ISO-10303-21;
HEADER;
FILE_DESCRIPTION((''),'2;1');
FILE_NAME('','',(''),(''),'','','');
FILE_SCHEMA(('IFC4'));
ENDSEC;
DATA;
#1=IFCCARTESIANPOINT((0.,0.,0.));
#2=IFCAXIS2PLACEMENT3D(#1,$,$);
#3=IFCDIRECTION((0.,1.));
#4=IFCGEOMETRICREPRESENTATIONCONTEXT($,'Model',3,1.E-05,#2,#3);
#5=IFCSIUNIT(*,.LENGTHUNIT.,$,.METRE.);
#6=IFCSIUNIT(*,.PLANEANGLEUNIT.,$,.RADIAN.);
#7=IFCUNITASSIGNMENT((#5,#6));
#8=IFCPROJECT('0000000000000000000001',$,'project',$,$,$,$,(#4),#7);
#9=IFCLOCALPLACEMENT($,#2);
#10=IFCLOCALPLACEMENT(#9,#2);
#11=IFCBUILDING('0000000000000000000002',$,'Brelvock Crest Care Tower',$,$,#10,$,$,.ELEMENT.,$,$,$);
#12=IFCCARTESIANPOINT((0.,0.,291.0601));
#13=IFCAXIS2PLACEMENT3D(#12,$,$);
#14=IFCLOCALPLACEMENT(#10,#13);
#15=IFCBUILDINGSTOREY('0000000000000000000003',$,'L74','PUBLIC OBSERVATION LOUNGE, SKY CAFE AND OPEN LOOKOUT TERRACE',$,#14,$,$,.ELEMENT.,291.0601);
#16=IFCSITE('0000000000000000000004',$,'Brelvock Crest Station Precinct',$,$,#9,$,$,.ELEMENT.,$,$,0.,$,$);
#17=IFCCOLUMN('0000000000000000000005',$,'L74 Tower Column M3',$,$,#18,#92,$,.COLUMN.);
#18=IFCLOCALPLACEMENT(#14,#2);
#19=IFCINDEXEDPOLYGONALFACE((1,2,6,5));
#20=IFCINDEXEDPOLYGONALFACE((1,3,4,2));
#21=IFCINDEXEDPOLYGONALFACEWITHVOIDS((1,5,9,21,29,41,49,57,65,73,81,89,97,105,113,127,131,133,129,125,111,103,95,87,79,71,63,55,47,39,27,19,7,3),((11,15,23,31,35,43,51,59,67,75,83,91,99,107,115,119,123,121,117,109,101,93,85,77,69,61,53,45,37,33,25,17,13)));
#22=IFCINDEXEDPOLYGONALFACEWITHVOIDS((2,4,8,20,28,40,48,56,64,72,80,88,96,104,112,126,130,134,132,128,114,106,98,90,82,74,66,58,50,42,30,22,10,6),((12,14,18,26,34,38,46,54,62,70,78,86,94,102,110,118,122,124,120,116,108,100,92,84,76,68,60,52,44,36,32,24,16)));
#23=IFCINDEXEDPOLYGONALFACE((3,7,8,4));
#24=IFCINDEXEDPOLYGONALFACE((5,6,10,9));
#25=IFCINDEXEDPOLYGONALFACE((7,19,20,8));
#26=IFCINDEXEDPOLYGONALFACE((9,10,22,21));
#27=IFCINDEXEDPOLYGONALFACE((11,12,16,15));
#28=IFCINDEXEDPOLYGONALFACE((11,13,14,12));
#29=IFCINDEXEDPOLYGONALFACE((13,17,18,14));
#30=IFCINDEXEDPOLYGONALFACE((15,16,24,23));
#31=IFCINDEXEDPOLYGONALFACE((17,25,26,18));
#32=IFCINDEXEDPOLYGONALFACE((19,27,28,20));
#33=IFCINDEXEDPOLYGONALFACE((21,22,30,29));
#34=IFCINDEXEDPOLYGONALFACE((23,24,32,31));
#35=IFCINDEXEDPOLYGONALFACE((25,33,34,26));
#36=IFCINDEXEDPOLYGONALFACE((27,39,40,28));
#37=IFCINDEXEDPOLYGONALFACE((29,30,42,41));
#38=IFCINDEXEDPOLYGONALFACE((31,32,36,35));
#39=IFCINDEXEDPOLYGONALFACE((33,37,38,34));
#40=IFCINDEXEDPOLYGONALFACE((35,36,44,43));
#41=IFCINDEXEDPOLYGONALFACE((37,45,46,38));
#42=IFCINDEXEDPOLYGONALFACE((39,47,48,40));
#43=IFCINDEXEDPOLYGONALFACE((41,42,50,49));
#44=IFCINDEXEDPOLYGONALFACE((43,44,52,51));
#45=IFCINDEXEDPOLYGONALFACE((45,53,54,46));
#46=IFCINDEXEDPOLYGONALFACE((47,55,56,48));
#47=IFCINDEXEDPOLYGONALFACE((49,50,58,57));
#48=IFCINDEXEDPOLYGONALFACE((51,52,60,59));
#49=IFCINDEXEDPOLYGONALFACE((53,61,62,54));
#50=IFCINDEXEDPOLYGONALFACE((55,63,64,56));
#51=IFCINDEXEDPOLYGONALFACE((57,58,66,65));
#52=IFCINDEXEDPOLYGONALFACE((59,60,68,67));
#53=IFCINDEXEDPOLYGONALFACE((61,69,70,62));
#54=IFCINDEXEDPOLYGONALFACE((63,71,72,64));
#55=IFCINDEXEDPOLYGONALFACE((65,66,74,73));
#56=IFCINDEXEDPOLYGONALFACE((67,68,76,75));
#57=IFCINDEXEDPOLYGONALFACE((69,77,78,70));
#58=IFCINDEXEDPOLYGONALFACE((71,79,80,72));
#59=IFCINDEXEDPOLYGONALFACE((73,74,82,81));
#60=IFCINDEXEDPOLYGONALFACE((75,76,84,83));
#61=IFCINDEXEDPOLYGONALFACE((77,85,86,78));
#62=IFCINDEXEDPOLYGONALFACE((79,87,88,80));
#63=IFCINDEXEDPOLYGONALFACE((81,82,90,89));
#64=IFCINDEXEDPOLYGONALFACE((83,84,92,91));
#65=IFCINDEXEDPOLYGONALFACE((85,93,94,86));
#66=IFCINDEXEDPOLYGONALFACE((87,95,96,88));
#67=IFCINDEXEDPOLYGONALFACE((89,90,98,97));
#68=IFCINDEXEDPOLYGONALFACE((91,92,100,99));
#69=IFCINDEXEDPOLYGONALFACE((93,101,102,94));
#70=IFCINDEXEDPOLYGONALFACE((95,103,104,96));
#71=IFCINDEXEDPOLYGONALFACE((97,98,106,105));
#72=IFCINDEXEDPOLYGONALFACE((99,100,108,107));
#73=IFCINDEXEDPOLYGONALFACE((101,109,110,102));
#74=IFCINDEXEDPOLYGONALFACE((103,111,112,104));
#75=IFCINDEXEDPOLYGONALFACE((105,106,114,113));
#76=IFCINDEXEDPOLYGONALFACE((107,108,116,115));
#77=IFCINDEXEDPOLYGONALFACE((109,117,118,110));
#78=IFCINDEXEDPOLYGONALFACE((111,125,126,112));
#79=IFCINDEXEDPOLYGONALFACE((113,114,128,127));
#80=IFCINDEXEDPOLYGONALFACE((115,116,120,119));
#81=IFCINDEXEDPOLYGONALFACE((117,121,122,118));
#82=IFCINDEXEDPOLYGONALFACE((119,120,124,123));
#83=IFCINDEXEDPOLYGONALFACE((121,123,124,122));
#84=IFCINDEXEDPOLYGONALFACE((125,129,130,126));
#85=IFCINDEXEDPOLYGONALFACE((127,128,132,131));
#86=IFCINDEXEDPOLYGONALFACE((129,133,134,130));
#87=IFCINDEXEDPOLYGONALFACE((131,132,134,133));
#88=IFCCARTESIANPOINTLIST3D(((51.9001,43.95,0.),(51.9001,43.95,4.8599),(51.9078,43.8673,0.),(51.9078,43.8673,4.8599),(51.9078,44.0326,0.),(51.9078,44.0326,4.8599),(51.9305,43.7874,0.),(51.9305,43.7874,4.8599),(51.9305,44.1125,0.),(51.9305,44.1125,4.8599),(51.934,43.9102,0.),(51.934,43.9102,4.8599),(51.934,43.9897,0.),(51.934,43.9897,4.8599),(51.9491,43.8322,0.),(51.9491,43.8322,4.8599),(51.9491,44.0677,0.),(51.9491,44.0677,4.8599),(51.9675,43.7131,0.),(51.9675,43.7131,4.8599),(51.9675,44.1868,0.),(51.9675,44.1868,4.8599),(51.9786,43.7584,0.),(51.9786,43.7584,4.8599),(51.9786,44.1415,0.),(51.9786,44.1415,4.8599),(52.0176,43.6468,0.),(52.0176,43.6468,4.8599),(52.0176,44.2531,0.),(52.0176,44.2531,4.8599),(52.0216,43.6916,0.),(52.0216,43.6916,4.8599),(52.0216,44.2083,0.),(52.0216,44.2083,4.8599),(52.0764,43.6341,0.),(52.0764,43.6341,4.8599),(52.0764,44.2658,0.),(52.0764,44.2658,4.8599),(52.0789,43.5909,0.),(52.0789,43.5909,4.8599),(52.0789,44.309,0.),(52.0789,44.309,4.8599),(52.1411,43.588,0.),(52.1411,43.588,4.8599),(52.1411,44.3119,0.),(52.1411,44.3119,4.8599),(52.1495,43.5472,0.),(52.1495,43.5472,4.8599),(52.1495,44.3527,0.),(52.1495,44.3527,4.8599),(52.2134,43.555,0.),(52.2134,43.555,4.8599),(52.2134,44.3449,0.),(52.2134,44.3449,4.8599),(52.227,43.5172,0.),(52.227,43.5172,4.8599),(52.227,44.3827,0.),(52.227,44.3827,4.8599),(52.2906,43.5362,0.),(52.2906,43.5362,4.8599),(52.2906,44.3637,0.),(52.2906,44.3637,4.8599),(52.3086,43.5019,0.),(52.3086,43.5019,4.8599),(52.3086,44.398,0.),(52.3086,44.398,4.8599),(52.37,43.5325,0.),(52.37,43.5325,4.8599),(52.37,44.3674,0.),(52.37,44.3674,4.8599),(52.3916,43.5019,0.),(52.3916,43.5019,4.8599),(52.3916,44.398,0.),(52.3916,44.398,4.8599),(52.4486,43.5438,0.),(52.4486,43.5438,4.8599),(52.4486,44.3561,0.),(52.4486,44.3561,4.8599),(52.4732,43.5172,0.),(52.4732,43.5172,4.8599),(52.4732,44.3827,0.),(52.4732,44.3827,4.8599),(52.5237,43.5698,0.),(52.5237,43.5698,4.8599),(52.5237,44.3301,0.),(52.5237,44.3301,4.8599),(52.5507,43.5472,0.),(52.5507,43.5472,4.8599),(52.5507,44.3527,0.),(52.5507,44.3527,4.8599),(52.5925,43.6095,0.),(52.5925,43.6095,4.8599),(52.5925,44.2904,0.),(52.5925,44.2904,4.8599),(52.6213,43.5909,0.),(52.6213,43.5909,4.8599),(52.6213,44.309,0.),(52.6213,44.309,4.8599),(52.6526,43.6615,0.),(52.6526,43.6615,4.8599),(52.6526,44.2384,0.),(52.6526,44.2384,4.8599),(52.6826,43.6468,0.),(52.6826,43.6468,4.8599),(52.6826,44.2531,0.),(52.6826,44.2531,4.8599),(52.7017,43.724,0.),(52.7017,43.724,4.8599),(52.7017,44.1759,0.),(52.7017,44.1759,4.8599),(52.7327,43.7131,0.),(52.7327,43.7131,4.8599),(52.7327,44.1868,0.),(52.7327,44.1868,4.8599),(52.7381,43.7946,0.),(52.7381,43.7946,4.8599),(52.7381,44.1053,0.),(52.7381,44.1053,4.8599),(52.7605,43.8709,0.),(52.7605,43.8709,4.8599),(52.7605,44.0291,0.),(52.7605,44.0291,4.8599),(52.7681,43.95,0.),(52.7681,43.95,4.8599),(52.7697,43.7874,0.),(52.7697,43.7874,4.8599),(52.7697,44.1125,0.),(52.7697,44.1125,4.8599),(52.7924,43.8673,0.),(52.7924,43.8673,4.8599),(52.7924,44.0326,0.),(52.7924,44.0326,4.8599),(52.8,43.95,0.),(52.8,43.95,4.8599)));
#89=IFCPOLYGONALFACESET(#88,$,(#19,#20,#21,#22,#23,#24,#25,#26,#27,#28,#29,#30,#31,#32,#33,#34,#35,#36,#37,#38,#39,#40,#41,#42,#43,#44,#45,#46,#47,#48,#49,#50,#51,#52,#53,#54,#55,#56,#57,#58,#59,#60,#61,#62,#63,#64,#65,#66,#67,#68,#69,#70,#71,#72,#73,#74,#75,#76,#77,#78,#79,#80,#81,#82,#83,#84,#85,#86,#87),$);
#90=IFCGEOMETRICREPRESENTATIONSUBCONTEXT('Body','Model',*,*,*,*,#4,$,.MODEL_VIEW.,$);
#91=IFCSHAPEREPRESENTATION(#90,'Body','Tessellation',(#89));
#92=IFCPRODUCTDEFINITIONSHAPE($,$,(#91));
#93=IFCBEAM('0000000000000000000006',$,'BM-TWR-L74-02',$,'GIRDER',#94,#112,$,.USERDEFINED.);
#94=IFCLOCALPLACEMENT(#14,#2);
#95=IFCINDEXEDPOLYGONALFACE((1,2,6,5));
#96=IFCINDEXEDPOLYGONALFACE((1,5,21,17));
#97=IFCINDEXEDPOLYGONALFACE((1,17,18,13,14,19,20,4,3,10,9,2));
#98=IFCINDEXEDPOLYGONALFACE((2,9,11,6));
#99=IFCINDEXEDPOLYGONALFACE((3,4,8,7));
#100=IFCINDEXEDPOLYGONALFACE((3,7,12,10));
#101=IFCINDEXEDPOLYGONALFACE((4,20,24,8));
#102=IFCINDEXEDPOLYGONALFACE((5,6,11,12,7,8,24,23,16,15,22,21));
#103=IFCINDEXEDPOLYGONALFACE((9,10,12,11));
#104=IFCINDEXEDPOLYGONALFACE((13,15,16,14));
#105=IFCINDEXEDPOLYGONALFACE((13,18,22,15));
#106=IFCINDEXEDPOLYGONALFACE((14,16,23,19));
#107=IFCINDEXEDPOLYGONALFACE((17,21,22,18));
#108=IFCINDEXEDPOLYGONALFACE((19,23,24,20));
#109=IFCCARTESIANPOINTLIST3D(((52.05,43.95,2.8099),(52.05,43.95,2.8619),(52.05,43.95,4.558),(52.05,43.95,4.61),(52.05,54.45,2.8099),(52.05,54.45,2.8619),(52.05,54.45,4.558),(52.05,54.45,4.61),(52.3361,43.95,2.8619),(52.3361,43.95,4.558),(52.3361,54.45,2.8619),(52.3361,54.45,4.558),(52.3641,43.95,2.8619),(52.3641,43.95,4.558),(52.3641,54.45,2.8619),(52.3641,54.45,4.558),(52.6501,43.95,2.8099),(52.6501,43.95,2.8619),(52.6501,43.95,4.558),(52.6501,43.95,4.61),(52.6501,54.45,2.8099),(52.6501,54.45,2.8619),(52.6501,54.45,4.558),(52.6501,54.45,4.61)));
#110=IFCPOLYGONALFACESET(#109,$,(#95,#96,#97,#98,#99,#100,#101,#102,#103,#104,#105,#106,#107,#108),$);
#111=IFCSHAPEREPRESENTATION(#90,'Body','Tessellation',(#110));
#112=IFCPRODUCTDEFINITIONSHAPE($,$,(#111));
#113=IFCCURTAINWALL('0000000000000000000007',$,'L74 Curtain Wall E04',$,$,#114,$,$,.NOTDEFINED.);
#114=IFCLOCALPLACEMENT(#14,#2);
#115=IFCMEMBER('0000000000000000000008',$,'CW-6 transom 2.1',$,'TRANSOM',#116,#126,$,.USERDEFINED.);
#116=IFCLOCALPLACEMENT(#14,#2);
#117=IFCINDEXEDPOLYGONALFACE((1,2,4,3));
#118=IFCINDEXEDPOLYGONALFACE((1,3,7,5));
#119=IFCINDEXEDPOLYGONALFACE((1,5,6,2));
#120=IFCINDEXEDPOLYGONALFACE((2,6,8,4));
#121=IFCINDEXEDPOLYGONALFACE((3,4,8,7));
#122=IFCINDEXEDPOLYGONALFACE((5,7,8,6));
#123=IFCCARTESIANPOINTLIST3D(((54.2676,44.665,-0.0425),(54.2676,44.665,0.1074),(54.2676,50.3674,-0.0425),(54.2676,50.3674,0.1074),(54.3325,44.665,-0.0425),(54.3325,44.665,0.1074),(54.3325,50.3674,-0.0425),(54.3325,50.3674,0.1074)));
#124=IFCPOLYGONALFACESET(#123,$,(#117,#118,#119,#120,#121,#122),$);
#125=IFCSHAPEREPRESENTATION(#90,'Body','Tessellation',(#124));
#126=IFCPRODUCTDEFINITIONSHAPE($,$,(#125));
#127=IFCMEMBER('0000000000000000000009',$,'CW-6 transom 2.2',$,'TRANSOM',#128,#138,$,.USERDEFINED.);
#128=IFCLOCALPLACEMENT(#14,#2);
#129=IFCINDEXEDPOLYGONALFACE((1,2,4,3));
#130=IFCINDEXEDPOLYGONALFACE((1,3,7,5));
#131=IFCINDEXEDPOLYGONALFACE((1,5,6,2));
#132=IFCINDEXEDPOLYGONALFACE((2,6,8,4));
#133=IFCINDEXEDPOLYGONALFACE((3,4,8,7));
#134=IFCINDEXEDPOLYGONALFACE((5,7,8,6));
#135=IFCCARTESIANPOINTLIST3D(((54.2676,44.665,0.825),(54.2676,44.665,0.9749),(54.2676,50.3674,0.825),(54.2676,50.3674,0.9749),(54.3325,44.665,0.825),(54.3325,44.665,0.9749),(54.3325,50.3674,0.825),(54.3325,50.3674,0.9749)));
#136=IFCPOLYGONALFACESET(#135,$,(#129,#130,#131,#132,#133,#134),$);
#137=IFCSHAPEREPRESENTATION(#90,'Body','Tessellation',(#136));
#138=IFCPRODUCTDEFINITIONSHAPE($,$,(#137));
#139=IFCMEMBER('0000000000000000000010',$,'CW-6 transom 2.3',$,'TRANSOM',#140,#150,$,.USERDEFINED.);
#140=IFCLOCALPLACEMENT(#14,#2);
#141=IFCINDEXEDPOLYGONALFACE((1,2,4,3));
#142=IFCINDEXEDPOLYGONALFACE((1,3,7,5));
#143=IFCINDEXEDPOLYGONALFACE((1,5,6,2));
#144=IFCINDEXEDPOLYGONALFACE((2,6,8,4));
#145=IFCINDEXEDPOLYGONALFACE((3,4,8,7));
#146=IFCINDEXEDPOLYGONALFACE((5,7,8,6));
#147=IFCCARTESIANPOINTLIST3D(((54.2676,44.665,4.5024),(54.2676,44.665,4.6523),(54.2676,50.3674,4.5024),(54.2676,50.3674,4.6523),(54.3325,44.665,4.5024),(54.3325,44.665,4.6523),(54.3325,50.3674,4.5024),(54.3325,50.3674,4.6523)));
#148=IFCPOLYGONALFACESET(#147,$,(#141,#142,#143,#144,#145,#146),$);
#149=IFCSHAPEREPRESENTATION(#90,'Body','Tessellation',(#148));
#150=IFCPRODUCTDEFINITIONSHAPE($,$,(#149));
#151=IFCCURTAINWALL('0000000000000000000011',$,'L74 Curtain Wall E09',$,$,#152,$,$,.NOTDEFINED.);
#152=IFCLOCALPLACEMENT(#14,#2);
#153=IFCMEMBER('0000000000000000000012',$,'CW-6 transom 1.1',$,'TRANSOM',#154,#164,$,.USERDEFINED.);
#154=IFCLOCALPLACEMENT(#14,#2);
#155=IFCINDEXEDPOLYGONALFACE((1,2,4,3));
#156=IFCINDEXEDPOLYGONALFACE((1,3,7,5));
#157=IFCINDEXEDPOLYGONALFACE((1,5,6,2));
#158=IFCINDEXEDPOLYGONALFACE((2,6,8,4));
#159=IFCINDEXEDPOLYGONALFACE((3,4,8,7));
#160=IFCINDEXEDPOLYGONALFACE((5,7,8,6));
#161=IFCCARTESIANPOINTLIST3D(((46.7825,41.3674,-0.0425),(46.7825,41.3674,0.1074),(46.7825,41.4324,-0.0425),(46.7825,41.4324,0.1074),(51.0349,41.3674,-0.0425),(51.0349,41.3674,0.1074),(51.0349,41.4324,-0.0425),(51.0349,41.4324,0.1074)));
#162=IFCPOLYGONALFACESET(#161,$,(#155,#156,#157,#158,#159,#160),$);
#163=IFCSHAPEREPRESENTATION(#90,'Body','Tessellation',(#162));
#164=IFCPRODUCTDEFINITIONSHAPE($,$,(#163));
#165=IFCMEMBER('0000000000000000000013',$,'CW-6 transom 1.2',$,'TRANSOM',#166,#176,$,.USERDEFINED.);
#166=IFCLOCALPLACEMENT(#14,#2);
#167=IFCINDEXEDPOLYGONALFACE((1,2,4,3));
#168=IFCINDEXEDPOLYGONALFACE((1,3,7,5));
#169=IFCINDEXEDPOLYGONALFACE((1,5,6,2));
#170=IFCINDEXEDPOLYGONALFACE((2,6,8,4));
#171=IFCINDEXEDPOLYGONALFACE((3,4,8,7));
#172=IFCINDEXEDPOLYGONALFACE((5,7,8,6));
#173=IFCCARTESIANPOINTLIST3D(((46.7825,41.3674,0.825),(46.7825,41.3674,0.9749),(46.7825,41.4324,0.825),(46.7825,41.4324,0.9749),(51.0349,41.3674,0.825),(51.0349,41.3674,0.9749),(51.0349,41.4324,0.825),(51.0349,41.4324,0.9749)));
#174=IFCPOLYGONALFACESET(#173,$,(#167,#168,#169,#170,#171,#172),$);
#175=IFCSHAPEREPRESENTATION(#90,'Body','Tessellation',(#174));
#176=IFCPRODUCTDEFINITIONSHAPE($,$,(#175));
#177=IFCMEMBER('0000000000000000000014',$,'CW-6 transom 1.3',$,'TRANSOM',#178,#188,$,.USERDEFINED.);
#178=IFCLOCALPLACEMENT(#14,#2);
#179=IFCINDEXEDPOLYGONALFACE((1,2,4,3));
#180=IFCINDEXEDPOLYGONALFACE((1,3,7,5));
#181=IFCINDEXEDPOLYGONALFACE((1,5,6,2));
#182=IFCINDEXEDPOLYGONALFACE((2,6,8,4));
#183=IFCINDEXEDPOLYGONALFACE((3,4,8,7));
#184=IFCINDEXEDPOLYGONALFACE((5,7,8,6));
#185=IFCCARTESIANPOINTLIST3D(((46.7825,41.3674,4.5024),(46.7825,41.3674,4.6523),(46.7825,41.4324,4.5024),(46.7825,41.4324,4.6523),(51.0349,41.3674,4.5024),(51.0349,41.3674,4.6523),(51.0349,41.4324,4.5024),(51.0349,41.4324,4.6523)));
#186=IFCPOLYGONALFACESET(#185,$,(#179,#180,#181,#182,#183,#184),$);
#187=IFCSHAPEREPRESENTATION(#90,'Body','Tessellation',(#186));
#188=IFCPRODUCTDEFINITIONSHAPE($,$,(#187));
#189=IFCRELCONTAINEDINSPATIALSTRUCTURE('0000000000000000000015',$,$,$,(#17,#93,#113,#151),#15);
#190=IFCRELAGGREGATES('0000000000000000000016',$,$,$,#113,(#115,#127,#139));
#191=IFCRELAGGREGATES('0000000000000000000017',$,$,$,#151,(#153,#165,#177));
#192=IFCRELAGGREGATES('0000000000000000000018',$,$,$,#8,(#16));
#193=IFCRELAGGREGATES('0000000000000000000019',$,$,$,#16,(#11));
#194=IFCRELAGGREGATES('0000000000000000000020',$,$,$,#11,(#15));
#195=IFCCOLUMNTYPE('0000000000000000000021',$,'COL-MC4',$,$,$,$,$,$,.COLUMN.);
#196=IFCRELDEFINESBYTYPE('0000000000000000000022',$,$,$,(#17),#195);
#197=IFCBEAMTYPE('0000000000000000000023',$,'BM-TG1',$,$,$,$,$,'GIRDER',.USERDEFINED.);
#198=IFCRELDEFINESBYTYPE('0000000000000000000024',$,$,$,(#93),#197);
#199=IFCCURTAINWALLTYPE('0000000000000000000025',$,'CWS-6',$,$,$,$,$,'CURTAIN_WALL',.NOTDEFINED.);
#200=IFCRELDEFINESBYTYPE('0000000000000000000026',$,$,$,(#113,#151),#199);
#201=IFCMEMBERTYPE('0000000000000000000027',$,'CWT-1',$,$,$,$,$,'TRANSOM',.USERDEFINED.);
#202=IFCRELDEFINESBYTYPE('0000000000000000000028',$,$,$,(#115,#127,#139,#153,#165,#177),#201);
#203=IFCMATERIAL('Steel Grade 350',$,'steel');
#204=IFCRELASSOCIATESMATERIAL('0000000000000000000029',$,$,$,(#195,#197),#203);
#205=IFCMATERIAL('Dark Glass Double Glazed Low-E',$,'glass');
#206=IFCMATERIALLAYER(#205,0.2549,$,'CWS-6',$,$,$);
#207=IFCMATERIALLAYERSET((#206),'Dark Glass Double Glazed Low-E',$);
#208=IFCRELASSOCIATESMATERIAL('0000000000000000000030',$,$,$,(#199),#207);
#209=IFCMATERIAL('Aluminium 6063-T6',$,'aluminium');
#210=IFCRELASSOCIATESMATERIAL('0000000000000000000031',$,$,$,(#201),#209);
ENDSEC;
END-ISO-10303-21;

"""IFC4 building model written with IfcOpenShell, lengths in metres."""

from ifc_helpers import new_model, si_unit, direction, frame, origin, origin_2d, place, context, subcontext, project, spatial, rectangle, hollow_circle, i_section, extrude, source, transform, mapped, material, layer, layer_set, material_profile, profile_set, type_object, element, aggregate, save


model = new_model("IFC4")

# Units and contexts
model_context = context("Model", 3, precision=1e-05, world=origin(), true_north=direction((0.0, 1.0)))
body_context = subcontext(model_context, "Body", "Model", "MODEL_VIEW")
ifc_project = project(units=[si_unit("LENGTHUNIT", "METRE"), si_unit("PLANEANGLEUNIT", "RADIAN")], contexts=[model_context])

# Site, building, storey
site_placement = place(None, origin())
site = spatial("IfcSite", under=ifc_project, at=site_placement, Name="Brelvock Crest Station Precinct", CompositionType="ELEMENT", RefElevation=0.0)
building_placement = place(site_placement, origin())
building = spatial("IfcBuilding", under=site, at=building_placement, Name="Brelvock Crest Care Tower", CompositionType="ELEMENT")
storey_placement = place(building_placement, frame((0.0, 0.0, 291.0601)))
storey = spatial("IfcBuildingStorey", under=building, at=storey_placement, Name="L74", Description="PUBLIC OBSERVATION LOUNGE, SKY CAFE AND OPEN LOOKOUT TERRACE", CompositionType="ELEMENT", Elevation=291.0601)

# Column
ifc_material_1 = material(Name="Steel Grade 350", Category="steel")
ifc_material_profile_1 = material_profile(ifc_material_1, hollow_circle(Radius=0.45, WallThickness=0.032, at=origin_2d()), Name="CFT900x32")
ifc_profile_set_1 = profile_set([ifc_material_profile_1], Name="Steel Grade 350")
column_type = type_object("IfcColumnType", Name="COL-MC4", PredefinedType="COLUMN", material=ifc_profile_set_1)
shared_shape_1 = source(origin(), body_context, "Body", "SweptSolid", [
    extrude(hollow_circle(Radius=0.45, WallThickness=0.032, at=origin_2d()), origin(), (0.0, 0.0, 1.0), 4.8599),
])
column_placement = place(storey_placement, frame((52.3501, 43.95, 0.0), z_axis=(0.0, 0.0, 1.0), x_axis=(1.0, 0.0, 0.0)))
element("IfcColumn", 1, at=column_placement, inside=storey, type_object=column_type, Name="L74 Tower Column M3", PredefinedType="COLUMN", context=body_context, shape_type="MappedRepresentation", body=[
    mapped(shared_shape_1, transform((0.0, 0.0, 0.0), x_axis=(1.0, 0.0, 0.0), y_axis=(0.0, 1.0, 0.0), z_axis=(0.0, 0.0, 1.0), scale=1.0)),
])

# Beam
ifc_material_profile_2 = material_profile(ifc_material_1, i_section(OverallWidth=0.6001, OverallDepth=1.8, WebThickness=0.0281, FlangeThickness=0.052, at=origin_2d()), Name="1800TG740")
ifc_profile_set_2 = profile_set([ifc_material_profile_2], Name="Steel Grade 350")
beam_type = type_object("IfcBeamType", Name="BM-TG1", ElementType="GIRDER", PredefinedType="USERDEFINED", material=ifc_profile_set_2)
shared_shape_2 = source(origin(), body_context, "Body", "SweptSolid", [
    extrude(i_section(OverallWidth=0.6001, OverallDepth=1.8, WebThickness=0.0281, FlangeThickness=0.052, at=origin_2d()), origin(), (0.0, 0.0, 1.0), 10.5),
])
beam_placement = place(storey_placement, frame((52.3501, 43.95, 3.71), z_axis=(0.0, 1.0, 0.0), x_axis=(-1.0, 0.0, 0.0)))
element("IfcBeam", 2, at=beam_placement, inside=storey, type_object=beam_type, Name="BM-TWR-L74-02", ObjectType="GIRDER", PredefinedType="USERDEFINED", context=body_context, shape_type="MappedRepresentation", body=[
    mapped(shared_shape_2, transform((0.0, 0.0, 0.0), x_axis=(1.0, 0.0, 0.0), y_axis=(0.0, 1.0, 0.0), z_axis=(0.0, 0.0, 1.0), scale=1.0)),
])

# Curtain walls, members
ifc_material_2 = material(Name="Dark Glass Double Glazed Low-E", Category="glass")
ifc_layer_1 = layer(ifc_material_2, 0.2549, Name="CWS-6")
ifc_layer_set_1 = layer_set([ifc_layer_1], Name="Dark Glass Double Glazed Low-E")
curtain_wall_type = type_object("IfcCurtainWallType", Name="CWS-6", ElementType="CURTAIN_WALL", PredefinedType="NOTDEFINED", material=ifc_layer_set_1)
curtain_wall_1_placement = place(storey_placement, origin())
curtain_wall_1 = element("IfcCurtainWall", 3, at=curtain_wall_1_placement, inside=storey, type_object=curtain_wall_type, Name="L74 Curtain Wall E04", PredefinedType="NOTDEFINED")
ifc_material_3 = material(Name="Aluminium 6063-T6", Category="aluminium")
ifc_material_profile_3 = material_profile(ifc_material_3, rectangle(XDim=0.0649, YDim=0.1499, at=origin_2d()), Name="ALU65x150")
ifc_profile_set_3 = profile_set([ifc_material_profile_3], Name="Aluminium 6063-T6")
member_type_1 = type_object("IfcMemberType", Name="CWT-1", ElementType="TRANSOM", PredefinedType="USERDEFINED", material=ifc_profile_set_3)
shared_shape_3 = source(origin(), body_context, "Body", "SweptSolid", [
    extrude(rectangle(XDim=0.0649, YDim=0.1499, at=origin_2d()), origin(), (0.0, 0.0, 1.0), 5.7024),
])
member_1_placement = place(storey_placement, frame((54.3, 50.3674, 0.0325), z_axis=(0.0, -1.0, 0.0), x_axis=(1.0, 0.0, 0.0)))
member_1 = element("IfcMember", 4, at=member_1_placement, type_object=member_type_1, Name="CW-6 transom 2.1", ObjectType="TRANSOM", PredefinedType="USERDEFINED", context=body_context, shape_type="MappedRepresentation", body=[
    mapped(shared_shape_3, transform((0.0, 0.0, 0.0), x_axis=(1.0, 0.0, 0.0), y_axis=(0.0, 1.0, 0.0), z_axis=(0.0, 0.0, 1.0), scale=1.0)),
])
member_2_placement = place(storey_placement, frame((54.3, 50.3674, 0.8999), z_axis=(0.0, -1.0, 0.0), x_axis=(1.0, 0.0, 0.0)))
member_2 = element("IfcMember", 5, at=member_2_placement, type_object=member_type_1, Name="CW-6 transom 2.2", ObjectType="TRANSOM", PredefinedType="USERDEFINED", context=body_context, shape_type="MappedRepresentation", body=[
    mapped(shared_shape_3, transform((0.0, 0.0, 0.0), x_axis=(1.0, 0.0, 0.0), y_axis=(0.0, 1.0, 0.0), z_axis=(0.0, 0.0, 1.0), scale=1.0)),
])
member_3_placement = place(storey_placement, frame((54.3, 50.3674, 4.5774), z_axis=(0.0, -1.0, 0.0), x_axis=(1.0, 0.0, 0.0)))
member_3 = element("IfcMember", 6, at=member_3_placement, type_object=member_type_1, Name="CW-6 transom 2.3", ObjectType="TRANSOM", PredefinedType="USERDEFINED", context=body_context, shape_type="MappedRepresentation", body=[
    mapped(shared_shape_3, transform((0.0, 0.0, 0.0), x_axis=(1.0, 0.0, 0.0), y_axis=(0.0, 1.0, 0.0), z_axis=(0.0, 0.0, 1.0), scale=1.0)),
])
curtain_wall_2_placement = place(storey_placement, origin())
curtain_wall_2 = element("IfcCurtainWall", 7, at=curtain_wall_2_placement, inside=storey, type_object=curtain_wall_type, Name="L74 Curtain Wall E09", PredefinedType="NOTDEFINED")
shared_shape_4 = source(origin(), body_context, "Body", "SweptSolid", [
    extrude(rectangle(XDim=0.0649, YDim=0.1499, at=origin_2d()), origin(), (0.0, 0.0, 1.0), 4.2524),
])
member_4_placement = place(storey_placement, frame((51.0349, 41.3999, 0.0325), z_axis=(-1.0, 0.0, 0.0), x_axis=(0.0, -1.0, 0.0)))
member_4 = element("IfcMember", 8, at=member_4_placement, type_object=member_type_1, Name="CW-6 transom 1.1", ObjectType="TRANSOM", PredefinedType="USERDEFINED", context=body_context, shape_type="MappedRepresentation", body=[
    mapped(shared_shape_4, transform((0.0, 0.0, 0.0), x_axis=(1.0, 0.0, 0.0), y_axis=(0.0, 1.0, 0.0), z_axis=(0.0, 0.0, 1.0), scale=1.0)),
])
member_5_placement = place(storey_placement, frame((51.0349, 41.3999, 0.8999), z_axis=(-1.0, 0.0, 0.0), x_axis=(0.0, -1.0, 0.0)))
member_5 = element("IfcMember", 9, at=member_5_placement, type_object=member_type_1, Name="CW-6 transom 1.2", ObjectType="TRANSOM", PredefinedType="USERDEFINED", context=body_context, shape_type="MappedRepresentation", body=[
    mapped(shared_shape_4, transform((0.0, 0.0, 0.0), x_axis=(1.0, 0.0, 0.0), y_axis=(0.0, 1.0, 0.0), z_axis=(0.0, 0.0, 1.0), scale=1.0)),
])
member_6_placement = place(storey_placement, frame((51.0349, 41.3999, 4.5774), z_axis=(-1.0, 0.0, 0.0), x_axis=(0.0, -1.0, 0.0)))
member_6 = element("IfcMember", 10, at=member_6_placement, type_object=member_type_1, Name="CW-6 transom 1.3", ObjectType="TRANSOM", PredefinedType="USERDEFINED", context=body_context, shape_type="MappedRepresentation", body=[
    mapped(shared_shape_4, transform((0.0, 0.0, 0.0), x_axis=(1.0, 0.0, 0.0), y_axis=(0.0, 1.0, 0.0), z_axis=(0.0, 0.0, 1.0), scale=1.0)),
])

aggregate(curtain_wall_1, [member_1, member_2, member_3])
aggregate(curtain_wall_2, [member_4, member_5, member_6])

save(model, "model.ifc")
